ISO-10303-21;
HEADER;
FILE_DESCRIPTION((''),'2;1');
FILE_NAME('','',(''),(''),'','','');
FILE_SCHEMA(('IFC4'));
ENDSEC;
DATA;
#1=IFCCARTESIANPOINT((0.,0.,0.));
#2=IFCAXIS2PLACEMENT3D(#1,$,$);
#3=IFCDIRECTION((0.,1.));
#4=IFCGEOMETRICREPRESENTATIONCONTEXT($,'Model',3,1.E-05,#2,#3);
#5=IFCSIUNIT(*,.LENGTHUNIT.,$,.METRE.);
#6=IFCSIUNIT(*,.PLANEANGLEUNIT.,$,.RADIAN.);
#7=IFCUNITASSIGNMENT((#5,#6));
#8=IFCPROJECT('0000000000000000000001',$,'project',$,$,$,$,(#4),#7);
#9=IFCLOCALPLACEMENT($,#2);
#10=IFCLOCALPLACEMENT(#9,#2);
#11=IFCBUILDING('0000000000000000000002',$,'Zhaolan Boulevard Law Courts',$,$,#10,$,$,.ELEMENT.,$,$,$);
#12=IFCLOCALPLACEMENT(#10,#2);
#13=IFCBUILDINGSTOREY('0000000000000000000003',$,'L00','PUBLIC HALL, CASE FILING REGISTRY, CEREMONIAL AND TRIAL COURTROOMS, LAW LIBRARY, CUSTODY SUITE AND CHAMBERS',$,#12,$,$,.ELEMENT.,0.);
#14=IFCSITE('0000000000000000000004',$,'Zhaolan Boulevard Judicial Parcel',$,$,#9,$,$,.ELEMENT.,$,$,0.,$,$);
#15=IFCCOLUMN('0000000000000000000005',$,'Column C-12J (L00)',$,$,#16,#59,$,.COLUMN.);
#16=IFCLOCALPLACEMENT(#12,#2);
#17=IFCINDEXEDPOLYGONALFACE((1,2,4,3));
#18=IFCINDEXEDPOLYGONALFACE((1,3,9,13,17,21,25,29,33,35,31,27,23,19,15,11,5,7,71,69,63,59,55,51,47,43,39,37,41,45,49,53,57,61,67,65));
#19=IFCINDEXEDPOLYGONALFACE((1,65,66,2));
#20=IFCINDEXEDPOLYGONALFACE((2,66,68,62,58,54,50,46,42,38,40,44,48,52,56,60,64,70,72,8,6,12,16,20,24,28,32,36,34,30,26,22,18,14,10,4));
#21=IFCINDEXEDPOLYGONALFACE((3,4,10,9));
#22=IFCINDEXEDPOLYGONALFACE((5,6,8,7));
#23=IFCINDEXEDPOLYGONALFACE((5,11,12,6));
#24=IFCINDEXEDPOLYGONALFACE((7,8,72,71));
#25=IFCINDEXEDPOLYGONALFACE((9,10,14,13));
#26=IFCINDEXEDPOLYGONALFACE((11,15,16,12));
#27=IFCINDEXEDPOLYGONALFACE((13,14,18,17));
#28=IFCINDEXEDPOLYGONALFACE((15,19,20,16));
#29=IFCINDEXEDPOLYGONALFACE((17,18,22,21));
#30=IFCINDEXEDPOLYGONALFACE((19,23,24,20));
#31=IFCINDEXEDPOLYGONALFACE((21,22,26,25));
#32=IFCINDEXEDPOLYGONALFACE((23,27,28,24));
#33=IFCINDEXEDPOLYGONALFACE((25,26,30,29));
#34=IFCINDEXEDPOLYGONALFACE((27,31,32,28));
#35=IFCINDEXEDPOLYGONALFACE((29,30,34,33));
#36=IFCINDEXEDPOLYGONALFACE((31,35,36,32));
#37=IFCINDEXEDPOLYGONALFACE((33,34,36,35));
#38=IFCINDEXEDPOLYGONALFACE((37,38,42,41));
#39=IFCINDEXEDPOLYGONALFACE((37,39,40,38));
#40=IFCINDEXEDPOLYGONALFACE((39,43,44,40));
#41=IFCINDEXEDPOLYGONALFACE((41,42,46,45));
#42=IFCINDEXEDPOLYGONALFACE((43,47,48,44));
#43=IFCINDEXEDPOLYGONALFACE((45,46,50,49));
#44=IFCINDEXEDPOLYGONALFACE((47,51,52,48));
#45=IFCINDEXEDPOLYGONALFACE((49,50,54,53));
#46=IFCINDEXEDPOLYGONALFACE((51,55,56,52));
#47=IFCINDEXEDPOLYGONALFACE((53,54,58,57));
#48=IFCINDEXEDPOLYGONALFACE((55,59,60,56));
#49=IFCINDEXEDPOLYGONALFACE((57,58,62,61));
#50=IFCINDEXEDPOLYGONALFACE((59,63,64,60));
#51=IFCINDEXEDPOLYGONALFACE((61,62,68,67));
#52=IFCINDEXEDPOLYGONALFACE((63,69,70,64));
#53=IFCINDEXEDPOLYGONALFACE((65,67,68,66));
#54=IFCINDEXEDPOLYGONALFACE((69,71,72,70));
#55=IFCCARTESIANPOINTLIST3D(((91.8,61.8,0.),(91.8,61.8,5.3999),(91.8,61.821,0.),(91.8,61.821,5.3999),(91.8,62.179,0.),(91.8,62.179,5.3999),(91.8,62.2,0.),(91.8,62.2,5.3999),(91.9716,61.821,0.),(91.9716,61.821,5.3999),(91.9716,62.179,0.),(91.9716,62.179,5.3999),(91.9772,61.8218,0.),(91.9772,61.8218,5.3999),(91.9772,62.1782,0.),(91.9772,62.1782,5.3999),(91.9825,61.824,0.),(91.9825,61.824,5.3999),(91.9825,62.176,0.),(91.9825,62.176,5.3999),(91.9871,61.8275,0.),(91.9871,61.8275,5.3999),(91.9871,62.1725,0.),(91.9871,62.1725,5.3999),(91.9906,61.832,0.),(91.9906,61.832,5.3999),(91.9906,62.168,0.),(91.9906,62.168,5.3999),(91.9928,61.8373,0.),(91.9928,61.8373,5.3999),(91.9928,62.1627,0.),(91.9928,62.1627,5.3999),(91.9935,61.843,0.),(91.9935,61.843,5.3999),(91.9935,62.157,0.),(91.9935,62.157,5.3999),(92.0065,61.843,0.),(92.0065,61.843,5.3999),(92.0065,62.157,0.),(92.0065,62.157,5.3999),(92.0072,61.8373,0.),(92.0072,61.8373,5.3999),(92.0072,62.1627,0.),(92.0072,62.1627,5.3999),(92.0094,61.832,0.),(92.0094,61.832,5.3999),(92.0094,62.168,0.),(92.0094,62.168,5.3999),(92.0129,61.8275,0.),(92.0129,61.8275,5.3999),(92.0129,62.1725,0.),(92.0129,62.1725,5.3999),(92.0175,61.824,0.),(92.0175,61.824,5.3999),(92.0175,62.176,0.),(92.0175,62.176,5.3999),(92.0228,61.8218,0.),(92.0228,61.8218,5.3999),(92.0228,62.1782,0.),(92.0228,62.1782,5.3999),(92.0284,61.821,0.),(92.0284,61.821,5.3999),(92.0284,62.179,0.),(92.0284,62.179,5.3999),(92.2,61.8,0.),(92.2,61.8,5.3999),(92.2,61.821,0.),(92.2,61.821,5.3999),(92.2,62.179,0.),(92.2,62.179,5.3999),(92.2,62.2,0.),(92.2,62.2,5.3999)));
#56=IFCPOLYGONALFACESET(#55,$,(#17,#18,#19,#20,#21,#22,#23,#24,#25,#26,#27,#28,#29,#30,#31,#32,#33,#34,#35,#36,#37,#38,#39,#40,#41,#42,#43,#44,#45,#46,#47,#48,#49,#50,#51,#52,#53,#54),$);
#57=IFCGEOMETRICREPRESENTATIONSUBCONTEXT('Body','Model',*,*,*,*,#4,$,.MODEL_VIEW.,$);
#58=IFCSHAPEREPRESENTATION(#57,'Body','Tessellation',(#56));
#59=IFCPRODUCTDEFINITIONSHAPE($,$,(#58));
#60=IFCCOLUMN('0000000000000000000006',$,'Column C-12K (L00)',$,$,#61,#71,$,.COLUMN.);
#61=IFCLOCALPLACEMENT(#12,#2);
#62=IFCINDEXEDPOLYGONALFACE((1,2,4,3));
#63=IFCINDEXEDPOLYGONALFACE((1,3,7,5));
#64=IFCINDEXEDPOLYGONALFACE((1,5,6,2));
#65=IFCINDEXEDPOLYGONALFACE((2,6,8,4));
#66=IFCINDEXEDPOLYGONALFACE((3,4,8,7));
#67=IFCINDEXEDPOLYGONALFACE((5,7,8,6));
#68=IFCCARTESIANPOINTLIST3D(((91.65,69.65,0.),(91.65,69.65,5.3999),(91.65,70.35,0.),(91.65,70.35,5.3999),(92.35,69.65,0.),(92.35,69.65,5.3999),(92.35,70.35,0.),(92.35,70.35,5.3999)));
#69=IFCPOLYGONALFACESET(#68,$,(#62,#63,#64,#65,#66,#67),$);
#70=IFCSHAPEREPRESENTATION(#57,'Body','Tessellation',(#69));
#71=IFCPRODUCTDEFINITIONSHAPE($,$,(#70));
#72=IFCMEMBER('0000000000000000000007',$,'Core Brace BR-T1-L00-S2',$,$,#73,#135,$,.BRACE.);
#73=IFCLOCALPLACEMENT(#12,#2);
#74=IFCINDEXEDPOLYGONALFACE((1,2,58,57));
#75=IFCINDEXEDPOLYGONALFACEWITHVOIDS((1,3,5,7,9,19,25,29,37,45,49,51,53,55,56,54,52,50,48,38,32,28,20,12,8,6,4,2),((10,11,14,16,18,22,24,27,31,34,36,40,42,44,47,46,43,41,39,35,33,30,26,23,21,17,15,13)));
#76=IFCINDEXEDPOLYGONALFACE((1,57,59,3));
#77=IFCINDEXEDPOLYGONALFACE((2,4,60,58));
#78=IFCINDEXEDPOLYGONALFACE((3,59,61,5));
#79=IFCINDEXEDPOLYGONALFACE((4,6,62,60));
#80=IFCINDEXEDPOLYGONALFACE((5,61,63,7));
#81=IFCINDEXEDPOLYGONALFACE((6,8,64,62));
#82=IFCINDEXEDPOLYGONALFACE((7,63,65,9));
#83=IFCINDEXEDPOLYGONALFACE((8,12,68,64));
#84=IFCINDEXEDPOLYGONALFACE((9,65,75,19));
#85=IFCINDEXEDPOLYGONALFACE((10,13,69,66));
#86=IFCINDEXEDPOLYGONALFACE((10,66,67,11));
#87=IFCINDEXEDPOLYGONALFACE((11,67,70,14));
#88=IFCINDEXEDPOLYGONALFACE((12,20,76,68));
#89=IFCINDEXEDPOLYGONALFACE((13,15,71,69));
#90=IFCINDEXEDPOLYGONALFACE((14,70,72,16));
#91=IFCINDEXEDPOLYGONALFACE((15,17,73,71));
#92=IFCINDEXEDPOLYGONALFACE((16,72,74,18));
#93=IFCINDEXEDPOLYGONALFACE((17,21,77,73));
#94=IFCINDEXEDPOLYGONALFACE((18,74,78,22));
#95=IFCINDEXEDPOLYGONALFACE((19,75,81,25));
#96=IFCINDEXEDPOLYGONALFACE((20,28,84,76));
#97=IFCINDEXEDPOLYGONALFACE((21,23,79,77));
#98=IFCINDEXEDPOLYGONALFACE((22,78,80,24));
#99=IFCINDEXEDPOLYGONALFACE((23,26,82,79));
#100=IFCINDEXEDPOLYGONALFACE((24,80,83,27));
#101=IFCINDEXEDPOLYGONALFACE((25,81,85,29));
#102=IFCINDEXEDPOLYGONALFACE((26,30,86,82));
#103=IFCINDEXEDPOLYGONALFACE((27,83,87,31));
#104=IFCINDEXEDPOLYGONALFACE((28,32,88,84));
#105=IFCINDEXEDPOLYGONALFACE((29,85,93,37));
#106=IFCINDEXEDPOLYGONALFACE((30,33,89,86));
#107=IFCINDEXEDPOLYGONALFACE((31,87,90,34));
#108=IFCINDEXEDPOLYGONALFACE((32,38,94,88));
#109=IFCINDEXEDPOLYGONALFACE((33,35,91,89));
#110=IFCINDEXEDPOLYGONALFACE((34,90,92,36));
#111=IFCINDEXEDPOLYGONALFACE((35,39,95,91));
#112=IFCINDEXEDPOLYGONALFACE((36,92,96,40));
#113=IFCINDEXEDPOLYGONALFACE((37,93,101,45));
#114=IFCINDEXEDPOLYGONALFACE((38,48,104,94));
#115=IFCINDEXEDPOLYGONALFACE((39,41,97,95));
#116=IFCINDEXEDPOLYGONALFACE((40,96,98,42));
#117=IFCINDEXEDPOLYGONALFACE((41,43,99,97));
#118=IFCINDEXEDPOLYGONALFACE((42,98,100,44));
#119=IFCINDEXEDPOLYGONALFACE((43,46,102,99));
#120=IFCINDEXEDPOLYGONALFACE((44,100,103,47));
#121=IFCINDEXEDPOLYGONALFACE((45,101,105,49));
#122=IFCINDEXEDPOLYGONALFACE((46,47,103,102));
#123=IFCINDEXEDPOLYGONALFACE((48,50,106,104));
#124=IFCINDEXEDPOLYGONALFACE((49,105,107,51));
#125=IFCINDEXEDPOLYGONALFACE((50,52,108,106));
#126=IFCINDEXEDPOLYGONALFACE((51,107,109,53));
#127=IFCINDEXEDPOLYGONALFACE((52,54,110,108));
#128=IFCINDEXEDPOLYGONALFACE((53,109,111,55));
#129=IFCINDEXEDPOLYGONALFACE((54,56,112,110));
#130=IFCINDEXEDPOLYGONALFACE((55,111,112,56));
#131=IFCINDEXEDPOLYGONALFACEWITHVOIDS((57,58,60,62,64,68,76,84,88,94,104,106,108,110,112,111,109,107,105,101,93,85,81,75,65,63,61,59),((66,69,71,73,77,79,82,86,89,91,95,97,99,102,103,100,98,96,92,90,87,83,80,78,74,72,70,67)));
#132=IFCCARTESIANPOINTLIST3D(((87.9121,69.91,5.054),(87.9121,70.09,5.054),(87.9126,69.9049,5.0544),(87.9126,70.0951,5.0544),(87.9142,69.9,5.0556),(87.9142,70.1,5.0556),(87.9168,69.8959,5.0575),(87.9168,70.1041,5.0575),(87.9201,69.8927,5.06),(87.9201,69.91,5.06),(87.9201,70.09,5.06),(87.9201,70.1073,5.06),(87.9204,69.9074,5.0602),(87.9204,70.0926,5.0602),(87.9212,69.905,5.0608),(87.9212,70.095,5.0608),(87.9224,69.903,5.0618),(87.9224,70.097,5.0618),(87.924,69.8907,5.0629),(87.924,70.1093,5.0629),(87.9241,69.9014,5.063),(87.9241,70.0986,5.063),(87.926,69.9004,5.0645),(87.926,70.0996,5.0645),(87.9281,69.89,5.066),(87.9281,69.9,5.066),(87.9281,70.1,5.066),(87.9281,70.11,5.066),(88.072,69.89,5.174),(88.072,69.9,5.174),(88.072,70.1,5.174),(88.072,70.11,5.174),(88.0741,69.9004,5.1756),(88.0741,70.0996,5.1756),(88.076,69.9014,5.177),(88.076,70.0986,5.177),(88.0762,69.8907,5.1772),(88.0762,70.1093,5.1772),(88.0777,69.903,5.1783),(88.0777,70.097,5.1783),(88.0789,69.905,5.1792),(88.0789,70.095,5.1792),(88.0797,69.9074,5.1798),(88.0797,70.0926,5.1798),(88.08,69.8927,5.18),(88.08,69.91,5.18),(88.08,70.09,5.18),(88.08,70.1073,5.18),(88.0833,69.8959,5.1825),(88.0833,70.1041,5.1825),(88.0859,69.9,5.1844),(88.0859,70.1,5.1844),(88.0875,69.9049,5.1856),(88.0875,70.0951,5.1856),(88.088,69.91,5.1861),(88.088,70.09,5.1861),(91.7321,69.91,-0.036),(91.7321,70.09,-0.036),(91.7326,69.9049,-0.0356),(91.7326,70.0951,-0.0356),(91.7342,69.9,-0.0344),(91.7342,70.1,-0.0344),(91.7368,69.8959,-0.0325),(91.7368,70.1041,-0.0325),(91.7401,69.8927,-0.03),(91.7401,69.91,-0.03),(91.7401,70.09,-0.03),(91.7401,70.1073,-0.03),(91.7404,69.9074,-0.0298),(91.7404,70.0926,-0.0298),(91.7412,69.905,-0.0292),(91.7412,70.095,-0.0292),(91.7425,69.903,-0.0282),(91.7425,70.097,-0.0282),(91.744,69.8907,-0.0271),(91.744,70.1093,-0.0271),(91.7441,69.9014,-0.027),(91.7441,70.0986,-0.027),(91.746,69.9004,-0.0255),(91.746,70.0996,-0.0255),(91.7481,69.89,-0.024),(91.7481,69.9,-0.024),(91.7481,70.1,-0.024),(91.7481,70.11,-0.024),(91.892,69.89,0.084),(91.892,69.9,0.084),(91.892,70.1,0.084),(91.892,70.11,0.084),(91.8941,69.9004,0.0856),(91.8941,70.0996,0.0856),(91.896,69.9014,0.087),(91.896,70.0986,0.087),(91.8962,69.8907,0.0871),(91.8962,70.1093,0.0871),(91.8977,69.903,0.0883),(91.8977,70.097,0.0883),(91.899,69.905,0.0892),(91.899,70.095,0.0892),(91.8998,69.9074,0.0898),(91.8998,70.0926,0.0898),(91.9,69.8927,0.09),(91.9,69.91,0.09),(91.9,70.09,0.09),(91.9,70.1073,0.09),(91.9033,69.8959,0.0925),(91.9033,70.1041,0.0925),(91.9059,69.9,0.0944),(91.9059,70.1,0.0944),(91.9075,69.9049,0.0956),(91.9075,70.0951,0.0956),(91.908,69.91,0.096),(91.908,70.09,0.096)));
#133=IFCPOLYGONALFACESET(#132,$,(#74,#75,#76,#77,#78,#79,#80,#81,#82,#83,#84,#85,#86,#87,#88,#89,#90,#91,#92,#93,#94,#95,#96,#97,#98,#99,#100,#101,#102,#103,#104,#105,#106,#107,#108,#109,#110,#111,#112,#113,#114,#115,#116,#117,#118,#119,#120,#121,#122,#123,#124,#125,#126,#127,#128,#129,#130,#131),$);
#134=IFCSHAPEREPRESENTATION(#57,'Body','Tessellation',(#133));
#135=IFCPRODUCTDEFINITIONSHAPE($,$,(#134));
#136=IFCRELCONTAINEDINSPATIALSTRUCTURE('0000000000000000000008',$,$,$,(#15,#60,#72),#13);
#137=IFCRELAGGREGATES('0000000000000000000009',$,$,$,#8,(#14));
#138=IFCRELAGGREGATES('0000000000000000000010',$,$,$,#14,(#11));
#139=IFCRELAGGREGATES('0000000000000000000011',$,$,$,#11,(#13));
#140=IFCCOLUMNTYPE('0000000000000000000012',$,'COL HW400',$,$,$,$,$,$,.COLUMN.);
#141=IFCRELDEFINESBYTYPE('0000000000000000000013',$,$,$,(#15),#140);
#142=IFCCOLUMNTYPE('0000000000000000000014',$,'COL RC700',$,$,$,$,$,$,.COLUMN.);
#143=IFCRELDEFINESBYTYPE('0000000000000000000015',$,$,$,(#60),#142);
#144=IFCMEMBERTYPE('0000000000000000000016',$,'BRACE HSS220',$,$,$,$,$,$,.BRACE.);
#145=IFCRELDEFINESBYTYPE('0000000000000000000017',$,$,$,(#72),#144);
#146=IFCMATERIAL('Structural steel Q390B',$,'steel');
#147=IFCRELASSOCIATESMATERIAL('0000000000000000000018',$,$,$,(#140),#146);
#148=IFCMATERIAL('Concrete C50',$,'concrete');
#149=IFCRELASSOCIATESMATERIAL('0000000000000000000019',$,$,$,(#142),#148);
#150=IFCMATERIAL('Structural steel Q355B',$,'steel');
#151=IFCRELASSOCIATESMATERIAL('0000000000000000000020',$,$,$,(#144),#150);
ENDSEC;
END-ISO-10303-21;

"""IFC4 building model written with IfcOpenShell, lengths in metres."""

from ifc_helpers import new_model, si_unit, direction, frame, origin, origin_2d, place, context, subcontext, project, spatial, rectangle, hollow_rectangle, i_section, extrude, material, material_profile, profile_set, type_object, element, save


model = new_model("IFC4")

# Units and contexts
model_context = context("Model", 3, precision=1e-05, world=origin(), true_north=direction((0.0, 1.0)))
body_context = subcontext(model_context, "Body", "Model", "MODEL_VIEW")
ifc_project = project(units=[si_unit("LENGTHUNIT", "METRE"), si_unit("PLANEANGLEUNIT", "RADIAN")], contexts=[model_context])

# Site, building, storey
site_placement = place(None, origin())
site = spatial("IfcSite", under=ifc_project, at=site_placement, Name="Zhaolan Boulevard Judicial Parcel", CompositionType="ELEMENT", RefElevation=0.0)
building_placement = place(site_placement, origin())
building = spatial("IfcBuilding", under=site, at=building_placement, Name="Zhaolan Boulevard Law Courts", CompositionType="ELEMENT")
storey_placement = place(building_placement, origin())
storey = spatial("IfcBuildingStorey", under=building, at=storey_placement, Name="L00", Description="PUBLIC HALL, CASE FILING REGISTRY, CEREMONIAL AND TRIAL COURTROOMS, LAW LIBRARY, CUSTODY SUITE AND CHAMBERS", CompositionType="ELEMENT", Elevation=0.0)

# Columns
ifc_material_1 = material(Name="Structural steel Q390B", Category="steel")
ifc_material_profile_1 = material_profile(ifc_material_1, i_section(OverallWidth=0.3999, OverallDepth=0.3999, WebThickness=0.0129, FlangeThickness=0.021, FilletRadius=0.022, at=origin_2d()), Name="HW400x400")
ifc_profile_set_1 = profile_set([ifc_material_profile_1], Name="Structural steel Q390B")
column_type_1 = type_object("IfcColumnType", Name="COL HW400", PredefinedType="COLUMN", material=ifc_profile_set_1)
column_1_placement = place(storey_placement, frame((92.0, 62.0, 0.0), z_axis=(0.0, 0.0, 1.0), x_axis=(1.0, 0.0, 0.0)))
element("IfcColumn", 1, at=column_1_placement, inside=storey, type_object=column_type_1, Name="Column C-12J (L00)", PredefinedType="COLUMN", context=body_context, shape_type="SweptSolid", body=[
    extrude(i_section(OverallWidth=0.3999, OverallDepth=0.3999, WebThickness=0.0129, FlangeThickness=0.021, FilletRadius=0.022, at=origin_2d()), origin(), (0.0, 0.0, 1.0), 5.3999),
])
ifc_material_2 = material(Name="Concrete C50", Category="concrete")
ifc_material_profile_2 = material_profile(ifc_material_2, rectangle(XDim=0.7, YDim=0.7, at=origin_2d()), Name="RC700x700")
ifc_profile_set_2 = profile_set([ifc_material_profile_2], Name="Concrete C50")
column_type_2 = type_object("IfcColumnType", Name="COL RC700", PredefinedType="COLUMN", material=ifc_profile_set_2)
column_2_placement = place(storey_placement, frame((92.0, 70.0, 0.0), z_axis=(0.0, 0.0, 1.0), x_axis=(1.0, 0.0, 0.0)))
element("IfcColumn", 2, at=column_2_placement, inside=storey, type_object=column_type_2, Name="Column C-12K (L00)", PredefinedType="COLUMN", context=body_context, shape_type="SweptSolid", body=[
    extrude(rectangle(XDim=0.7, YDim=0.7, at=origin_2d()), origin(), (0.0, 0.0, 1.0), 5.3999),
])

# Member
ifc_material_3 = material(Name="Structural steel Q355B", Category="steel")
ifc_material_profile_3 = material_profile(ifc_material_3, hollow_rectangle(XDim=0.22, YDim=0.22, WallThickness=0.01, InnerFilletRadius=0.01, OuterFilletRadius=0.02, at=origin_2d()), Name="HSS220x220x10")
ifc_profile_set_3 = profile_set([ifc_material_profile_3], Name="Structural steel Q355B")
member_type = type_object("IfcMemberType", Name="BRACE HSS220", PredefinedType="BRACE", material=ifc_profile_set_3)
for number, where, z_axis, x_axis, name in (
    (3, (91.8201, 70.0, 0.03), (-0.600252, 0.0, 0.799811), (0.0, -1.0, 0.0), "Core Brace BR-T1-L00-S2"),
):
    element("IfcMember", number, at=place(storey_placement, frame(where, z_axis=z_axis, x_axis=x_axis)), inside=storey, type_object=member_type, Name=name, PredefinedType="BRACE", context=body_context, shape_type="SweptSolid", body=[
        extrude(hollow_rectangle(XDim=0.22, YDim=0.22, WallThickness=0.01, InnerFilletRadius=0.01, OuterFilletRadius=0.02, at=origin_2d()), origin(), (0.0, 0.0, 1.0), 6.364),
    ])

save(model, "model.ifc")
